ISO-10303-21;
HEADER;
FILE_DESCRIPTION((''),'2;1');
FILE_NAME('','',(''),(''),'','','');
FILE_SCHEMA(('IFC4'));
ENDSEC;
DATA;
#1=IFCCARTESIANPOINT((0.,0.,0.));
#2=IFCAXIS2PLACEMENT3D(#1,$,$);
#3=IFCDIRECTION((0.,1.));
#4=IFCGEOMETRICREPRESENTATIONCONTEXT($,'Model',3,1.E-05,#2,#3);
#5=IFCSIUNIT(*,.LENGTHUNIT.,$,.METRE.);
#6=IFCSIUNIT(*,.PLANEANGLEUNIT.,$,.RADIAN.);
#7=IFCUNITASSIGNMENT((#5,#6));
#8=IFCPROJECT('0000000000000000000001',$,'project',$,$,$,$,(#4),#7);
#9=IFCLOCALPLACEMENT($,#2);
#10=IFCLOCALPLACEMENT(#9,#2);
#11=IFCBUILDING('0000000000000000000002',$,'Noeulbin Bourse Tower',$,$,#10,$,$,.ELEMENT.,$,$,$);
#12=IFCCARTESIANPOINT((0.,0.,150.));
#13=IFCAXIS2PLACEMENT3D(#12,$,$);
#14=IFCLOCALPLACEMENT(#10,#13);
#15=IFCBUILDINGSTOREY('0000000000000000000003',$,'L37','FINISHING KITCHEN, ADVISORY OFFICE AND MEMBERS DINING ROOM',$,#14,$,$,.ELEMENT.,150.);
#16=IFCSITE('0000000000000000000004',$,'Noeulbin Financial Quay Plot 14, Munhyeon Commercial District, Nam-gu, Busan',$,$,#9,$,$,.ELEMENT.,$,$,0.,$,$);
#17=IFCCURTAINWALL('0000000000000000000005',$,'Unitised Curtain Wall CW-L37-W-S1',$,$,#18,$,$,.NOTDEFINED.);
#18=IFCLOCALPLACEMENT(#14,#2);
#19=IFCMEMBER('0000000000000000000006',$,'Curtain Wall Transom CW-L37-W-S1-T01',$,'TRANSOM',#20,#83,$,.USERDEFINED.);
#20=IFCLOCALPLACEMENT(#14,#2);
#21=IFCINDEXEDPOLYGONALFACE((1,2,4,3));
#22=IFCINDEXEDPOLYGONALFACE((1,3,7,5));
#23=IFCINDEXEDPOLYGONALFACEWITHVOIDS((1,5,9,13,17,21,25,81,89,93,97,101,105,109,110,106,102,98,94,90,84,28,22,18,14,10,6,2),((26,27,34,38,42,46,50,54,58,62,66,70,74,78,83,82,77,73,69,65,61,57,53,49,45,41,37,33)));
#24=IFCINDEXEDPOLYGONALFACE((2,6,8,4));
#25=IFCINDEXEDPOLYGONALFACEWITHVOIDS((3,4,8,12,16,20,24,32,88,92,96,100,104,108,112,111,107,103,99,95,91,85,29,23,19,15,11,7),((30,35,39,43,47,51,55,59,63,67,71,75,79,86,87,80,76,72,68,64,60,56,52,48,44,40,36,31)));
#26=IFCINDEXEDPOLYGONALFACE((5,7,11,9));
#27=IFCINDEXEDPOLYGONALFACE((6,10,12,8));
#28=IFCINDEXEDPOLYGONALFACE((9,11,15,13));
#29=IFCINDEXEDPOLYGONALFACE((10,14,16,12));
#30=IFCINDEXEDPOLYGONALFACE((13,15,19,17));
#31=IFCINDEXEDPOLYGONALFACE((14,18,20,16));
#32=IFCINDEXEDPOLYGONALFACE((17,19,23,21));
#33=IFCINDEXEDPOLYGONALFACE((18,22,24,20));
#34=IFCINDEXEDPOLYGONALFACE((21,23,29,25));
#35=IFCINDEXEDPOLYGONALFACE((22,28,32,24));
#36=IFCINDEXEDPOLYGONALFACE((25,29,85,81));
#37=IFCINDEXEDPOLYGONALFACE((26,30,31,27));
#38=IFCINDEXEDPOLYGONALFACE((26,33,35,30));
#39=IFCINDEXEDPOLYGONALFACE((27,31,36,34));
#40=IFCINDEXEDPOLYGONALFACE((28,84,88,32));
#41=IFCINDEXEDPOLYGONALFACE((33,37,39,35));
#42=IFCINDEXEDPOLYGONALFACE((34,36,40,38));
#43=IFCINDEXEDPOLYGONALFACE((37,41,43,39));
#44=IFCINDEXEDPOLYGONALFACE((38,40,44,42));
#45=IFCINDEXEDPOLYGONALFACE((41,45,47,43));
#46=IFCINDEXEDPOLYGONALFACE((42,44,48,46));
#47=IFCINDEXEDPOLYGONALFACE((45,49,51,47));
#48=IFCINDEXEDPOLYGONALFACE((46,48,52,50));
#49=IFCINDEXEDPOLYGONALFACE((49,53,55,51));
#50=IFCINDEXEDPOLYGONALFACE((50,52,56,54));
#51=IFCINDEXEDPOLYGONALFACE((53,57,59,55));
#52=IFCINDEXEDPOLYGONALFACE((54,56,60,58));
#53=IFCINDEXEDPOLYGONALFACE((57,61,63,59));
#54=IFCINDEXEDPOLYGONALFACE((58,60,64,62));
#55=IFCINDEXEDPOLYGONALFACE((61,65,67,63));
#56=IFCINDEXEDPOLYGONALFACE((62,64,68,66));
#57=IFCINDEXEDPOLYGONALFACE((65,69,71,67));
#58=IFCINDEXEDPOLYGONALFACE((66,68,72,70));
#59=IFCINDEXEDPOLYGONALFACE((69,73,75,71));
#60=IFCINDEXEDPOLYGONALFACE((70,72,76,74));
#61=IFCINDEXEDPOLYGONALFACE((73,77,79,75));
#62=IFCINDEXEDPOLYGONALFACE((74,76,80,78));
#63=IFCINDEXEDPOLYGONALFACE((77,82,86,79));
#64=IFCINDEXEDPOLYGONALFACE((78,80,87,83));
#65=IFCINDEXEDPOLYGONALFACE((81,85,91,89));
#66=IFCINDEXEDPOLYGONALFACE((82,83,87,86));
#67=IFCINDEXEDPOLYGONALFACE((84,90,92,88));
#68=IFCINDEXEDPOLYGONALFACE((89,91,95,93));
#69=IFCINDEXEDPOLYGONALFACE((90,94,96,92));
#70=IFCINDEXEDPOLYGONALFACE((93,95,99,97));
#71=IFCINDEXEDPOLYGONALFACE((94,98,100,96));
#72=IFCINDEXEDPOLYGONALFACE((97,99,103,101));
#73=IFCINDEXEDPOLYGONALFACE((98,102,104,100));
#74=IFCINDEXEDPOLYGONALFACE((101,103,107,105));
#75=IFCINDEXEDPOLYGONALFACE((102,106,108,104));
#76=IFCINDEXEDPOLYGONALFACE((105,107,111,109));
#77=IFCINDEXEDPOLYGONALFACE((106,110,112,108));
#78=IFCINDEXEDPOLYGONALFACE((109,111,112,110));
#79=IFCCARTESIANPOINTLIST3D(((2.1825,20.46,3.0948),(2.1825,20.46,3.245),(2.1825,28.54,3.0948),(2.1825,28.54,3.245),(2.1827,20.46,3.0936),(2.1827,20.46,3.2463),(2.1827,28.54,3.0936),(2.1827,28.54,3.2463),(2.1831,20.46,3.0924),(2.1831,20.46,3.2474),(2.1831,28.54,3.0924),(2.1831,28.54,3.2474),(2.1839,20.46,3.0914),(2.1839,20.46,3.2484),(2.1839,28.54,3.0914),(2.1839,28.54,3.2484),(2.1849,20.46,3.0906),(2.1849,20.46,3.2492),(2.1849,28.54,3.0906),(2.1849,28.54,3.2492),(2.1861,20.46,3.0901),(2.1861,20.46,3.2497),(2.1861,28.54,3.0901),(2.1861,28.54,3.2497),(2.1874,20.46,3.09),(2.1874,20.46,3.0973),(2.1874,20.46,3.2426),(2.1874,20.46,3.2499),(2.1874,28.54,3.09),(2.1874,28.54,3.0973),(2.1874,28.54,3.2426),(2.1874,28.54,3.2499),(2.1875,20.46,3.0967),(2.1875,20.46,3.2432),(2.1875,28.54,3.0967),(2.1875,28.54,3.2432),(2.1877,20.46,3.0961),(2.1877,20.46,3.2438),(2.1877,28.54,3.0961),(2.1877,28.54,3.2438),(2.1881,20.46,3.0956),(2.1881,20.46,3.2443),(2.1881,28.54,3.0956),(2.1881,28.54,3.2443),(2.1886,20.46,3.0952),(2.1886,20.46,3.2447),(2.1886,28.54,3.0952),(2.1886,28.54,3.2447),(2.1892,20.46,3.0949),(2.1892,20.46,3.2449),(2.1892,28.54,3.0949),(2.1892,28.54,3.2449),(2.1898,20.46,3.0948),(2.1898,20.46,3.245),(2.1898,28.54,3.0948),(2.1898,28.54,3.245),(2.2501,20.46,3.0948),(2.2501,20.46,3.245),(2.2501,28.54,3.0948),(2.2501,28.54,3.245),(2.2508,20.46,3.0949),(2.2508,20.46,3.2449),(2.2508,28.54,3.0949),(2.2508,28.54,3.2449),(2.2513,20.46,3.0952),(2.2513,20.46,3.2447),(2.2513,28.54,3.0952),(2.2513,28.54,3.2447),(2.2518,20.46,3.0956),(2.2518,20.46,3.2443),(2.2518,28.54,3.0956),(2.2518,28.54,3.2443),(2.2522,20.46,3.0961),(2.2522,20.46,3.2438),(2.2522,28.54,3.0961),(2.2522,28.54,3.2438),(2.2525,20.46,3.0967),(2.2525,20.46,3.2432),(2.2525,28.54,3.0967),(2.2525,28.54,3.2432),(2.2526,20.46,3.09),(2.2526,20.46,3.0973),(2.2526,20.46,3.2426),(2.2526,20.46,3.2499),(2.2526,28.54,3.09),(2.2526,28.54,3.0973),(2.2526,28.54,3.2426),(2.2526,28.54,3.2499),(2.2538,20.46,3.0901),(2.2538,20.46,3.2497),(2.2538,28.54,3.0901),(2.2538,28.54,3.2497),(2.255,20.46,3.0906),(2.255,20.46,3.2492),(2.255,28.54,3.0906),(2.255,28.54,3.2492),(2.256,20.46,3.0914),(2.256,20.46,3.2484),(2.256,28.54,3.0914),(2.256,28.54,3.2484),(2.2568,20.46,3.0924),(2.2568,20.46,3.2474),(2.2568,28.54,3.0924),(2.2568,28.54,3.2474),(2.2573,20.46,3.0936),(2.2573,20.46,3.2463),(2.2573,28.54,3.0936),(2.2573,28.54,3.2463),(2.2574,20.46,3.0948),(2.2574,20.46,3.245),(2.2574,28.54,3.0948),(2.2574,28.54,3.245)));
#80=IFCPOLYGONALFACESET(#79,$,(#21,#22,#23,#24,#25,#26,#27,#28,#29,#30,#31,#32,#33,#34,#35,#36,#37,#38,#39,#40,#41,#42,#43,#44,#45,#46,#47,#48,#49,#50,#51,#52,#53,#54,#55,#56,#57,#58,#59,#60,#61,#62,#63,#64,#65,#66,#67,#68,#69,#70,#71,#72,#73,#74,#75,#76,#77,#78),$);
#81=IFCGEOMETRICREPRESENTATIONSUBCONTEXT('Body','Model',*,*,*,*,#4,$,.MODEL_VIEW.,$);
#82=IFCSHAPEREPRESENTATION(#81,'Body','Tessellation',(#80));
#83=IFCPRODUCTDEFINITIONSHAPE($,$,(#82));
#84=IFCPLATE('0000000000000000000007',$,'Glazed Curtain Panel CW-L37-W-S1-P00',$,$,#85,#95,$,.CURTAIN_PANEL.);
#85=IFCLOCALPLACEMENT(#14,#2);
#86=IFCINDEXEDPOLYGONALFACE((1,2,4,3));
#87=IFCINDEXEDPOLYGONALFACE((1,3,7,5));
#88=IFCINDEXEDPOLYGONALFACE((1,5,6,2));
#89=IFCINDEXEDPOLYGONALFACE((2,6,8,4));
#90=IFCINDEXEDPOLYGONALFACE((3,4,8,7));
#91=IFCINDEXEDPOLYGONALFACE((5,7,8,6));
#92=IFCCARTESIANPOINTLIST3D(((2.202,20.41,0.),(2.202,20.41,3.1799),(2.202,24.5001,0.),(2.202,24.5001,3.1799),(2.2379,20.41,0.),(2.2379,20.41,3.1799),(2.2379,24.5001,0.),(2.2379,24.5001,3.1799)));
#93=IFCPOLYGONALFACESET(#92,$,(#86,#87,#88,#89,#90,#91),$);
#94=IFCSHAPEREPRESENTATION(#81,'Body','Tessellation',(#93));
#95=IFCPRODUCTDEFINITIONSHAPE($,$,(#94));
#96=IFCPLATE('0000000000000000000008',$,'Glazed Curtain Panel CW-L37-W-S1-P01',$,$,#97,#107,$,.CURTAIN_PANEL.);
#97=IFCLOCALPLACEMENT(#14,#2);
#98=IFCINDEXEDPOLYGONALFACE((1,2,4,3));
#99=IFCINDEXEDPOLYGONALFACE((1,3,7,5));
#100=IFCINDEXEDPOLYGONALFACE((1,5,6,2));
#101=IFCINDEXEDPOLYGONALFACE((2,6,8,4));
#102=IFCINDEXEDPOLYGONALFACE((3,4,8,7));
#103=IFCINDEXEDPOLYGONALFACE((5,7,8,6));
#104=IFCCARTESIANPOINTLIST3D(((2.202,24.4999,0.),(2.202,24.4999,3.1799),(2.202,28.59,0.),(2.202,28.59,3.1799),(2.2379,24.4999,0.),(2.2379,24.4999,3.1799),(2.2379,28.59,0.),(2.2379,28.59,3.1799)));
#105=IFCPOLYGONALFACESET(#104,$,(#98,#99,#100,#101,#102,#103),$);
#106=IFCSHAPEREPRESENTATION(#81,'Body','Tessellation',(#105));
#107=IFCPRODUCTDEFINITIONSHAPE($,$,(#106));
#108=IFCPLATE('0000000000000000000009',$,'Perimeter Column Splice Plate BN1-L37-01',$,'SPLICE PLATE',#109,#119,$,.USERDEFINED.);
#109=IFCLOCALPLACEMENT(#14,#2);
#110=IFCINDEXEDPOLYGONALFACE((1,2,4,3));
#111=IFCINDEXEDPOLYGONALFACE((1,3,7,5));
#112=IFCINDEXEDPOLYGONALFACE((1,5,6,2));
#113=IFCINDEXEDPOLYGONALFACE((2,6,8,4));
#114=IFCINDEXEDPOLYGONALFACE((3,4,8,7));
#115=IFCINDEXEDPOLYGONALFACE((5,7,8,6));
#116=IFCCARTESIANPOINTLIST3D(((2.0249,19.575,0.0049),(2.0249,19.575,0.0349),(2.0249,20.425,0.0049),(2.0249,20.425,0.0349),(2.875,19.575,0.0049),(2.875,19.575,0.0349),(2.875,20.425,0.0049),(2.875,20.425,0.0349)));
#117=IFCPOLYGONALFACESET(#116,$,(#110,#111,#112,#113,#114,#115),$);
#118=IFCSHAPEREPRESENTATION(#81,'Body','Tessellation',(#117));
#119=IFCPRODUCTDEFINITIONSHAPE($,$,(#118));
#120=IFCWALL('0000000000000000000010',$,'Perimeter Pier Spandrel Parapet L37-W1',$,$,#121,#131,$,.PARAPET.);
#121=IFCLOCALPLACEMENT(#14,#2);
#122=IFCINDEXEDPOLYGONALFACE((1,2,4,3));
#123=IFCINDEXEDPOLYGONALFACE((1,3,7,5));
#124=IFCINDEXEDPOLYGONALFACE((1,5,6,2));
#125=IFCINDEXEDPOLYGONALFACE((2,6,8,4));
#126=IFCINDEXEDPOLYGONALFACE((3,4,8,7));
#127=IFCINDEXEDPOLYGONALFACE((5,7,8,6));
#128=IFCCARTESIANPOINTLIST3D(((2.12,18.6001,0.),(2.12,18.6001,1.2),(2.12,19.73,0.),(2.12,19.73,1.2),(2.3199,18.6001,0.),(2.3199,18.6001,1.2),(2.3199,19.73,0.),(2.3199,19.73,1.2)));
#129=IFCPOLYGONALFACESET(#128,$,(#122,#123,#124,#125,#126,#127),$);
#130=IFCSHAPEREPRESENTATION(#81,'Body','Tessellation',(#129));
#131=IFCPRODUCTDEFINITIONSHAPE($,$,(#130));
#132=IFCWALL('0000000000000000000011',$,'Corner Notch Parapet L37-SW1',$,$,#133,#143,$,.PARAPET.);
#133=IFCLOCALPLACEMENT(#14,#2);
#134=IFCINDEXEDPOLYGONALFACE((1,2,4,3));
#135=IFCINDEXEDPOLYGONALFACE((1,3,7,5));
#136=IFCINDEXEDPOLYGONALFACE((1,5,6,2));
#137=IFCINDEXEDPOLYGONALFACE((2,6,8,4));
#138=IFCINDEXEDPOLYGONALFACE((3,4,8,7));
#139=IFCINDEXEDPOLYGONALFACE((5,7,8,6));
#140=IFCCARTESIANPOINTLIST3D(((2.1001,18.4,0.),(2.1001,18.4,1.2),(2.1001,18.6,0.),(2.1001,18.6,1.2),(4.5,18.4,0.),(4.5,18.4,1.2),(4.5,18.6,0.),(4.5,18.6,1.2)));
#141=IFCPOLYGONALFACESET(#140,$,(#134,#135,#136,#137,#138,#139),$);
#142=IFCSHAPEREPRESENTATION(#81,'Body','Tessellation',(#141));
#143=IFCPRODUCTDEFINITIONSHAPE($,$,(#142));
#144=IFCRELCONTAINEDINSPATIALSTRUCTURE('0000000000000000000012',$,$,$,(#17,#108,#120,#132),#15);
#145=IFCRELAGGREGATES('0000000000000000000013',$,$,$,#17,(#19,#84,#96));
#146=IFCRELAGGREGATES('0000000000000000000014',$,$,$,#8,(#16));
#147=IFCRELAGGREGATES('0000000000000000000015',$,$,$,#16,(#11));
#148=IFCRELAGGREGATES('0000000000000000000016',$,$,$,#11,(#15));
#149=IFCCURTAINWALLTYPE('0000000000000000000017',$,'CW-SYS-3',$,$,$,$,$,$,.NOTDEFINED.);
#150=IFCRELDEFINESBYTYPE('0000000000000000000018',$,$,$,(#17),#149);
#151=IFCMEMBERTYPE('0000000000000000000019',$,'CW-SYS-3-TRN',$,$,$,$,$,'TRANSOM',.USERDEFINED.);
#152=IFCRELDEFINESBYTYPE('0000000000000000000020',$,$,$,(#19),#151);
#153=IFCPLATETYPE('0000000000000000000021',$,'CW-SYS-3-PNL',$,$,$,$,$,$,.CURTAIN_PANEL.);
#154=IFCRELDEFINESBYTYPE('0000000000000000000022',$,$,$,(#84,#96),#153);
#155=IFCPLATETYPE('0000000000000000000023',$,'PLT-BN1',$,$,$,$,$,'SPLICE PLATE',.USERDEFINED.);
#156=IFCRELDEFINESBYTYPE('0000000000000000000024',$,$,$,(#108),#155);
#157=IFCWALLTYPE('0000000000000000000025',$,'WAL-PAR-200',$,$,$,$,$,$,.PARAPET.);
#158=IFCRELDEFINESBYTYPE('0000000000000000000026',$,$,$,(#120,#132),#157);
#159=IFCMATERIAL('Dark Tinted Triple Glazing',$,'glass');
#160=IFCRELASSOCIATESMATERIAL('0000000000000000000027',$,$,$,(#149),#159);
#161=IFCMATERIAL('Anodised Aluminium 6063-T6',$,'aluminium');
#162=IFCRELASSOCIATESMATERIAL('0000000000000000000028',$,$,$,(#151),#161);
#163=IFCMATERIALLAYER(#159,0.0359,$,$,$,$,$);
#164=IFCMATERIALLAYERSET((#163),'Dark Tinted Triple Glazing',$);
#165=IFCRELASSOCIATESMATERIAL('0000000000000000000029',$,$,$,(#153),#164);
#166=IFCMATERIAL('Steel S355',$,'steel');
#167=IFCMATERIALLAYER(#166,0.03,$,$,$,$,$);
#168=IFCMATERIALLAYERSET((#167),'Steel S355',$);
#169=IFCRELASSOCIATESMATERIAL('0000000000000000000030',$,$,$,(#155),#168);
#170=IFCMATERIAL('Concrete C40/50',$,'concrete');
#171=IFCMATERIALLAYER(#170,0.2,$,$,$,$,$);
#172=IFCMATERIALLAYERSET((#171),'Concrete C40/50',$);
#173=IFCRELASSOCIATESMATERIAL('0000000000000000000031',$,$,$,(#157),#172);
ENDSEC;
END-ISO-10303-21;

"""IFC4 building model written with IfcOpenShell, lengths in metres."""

from ifc_helpers import new_model, si_unit, direction, frame, frame_2d, origin, origin_2d, place, context, subcontext, project, spatial, rectangle, hollow_rectangle, extrude, material, layer, layer_set, material_profile, profile_set, type_object, element, aggregate, save


model = new_model("IFC4")

# Units and contexts
model_context = context("Model", 3, precision=1e-05, world=origin(), true_north=direction((0.0, 1.0)))
body_context = subcontext(model_context, "Body", "Model", "MODEL_VIEW")
ifc_project = project(units=[si_unit("LENGTHUNIT", "METRE"), si_unit("PLANEANGLEUNIT", "RADIAN")], contexts=[model_context])

# Site, building, storey
site_placement = place(None, origin())
site = spatial("IfcSite", under=ifc_project, at=site_placement, Name="Noeulbin Financial Quay Plot 14, Munhyeon Commercial District, Nam-gu, Busan", CompositionType="ELEMENT", RefElevation=0.0)
building_placement = place(site_placement, origin())
building = spatial("IfcBuilding", under=site, at=building_placement, Name="Noeulbin Bourse Tower", CompositionType="ELEMENT")
storey_placement = place(building_placement, frame((0.0, 0.0, 150.0)))
storey = spatial("IfcBuildingStorey", under=building, at=storey_placement, Name="L37", Description="FINISHING KITCHEN, ADVISORY OFFICE AND MEMBERS DINING ROOM", CompositionType="ELEMENT", Elevation=150.0)

# Shared definitions
ifc_material_1 = material(Name="Steel S355", Category="steel")

# Curtain wall, member, plates
ifc_material_2 = material(Name="Dark Tinted Triple Glazing", Category="glass")
curtain_wall_type = type_object("IfcCurtainWallType", Name="CW-SYS-3", PredefinedType="NOTDEFINED", material=ifc_material_2)
curtain_wall_placement = place(storey_placement, origin())
curtain_wall = element("IfcCurtainWall", 1, at=curtain_wall_placement, inside=storey, type_object=curtain_wall_type, Name="Unitised Curtain Wall CW-L37-W-S1", PredefinedType="NOTDEFINED")
ifc_material_3 = material(Name="Anodised Aluminium 6063-T6", Category="aluminium")
ifc_material_profile_1 = material_profile(ifc_material_3, hollow_rectangle(XDim=0.075, YDim=0.1599, WallThickness=0.0049, InnerFilletRadius=0.0024, OuterFilletRadius=0.0049, at=origin_2d()), Name="ALU-TRAN-75x160x5", Category="LoadBearing")
ifc_profile_set_1 = profile_set([ifc_material_profile_1], Name="Anodised Aluminium 6063-T6")
member_type_1 = type_object("IfcMemberType", Name="CW-SYS-3-TRN", ElementType="TRANSOM", PredefinedType="USERDEFINED", material=ifc_profile_set_1)
member_1_placement = place(storey_placement, frame((2.22, 20.46, 3.1699), z_axis=(0.0, 1.0, 0.0), x_axis=(-1.0, 0.0, 0.0)))
member_1 = element("IfcMember", 2, at=member_1_placement, type_object=member_type_1, Name="Curtain Wall Transom CW-L37-W-S1-T01", ObjectType="TRANSOM", PredefinedType="USERDEFINED", context=body_context, shape_type="SweptSolid", body=[
    extrude(hollow_rectangle(XDim=0.075, YDim=0.1599, WallThickness=0.0049, InnerFilletRadius=0.0024, OuterFilletRadius=0.0049, at=origin_2d()), origin(), (0.0, 0.0, 1.0), 8.0801),
])
ifc_layer_1 = layer(ifc_material_2, 0.0359)
ifc_layer_set_1 = layer_set([ifc_layer_1], Name="Dark Tinted Triple Glazing")
plate_type_1 = type_object("IfcPlateType", Name="CW-SYS-3-PNL", PredefinedType="CURTAIN_PANEL", material=ifc_layer_set_1)
plate_1_placement = place(storey_placement, frame((2.22, 22.4551, 0.0), z_axis=(0.0, 0.0, 1.0), x_axis=(0.0, 1.0, 0.0)))
plate_1 = element("IfcPlate", 3, at=plate_1_placement, type_object=plate_type_1, Name="Glazed Curtain Panel CW-L37-W-S1-P00", PredefinedType="CURTAIN_PANEL", context=body_context, shape_type="SweptSolid", body=[
    extrude(rectangle(XDim=4.0901, YDim=0.0359, at=origin_2d()), origin(), (0.0, 0.0, 1.0), 3.1799),
])
plate_2_placement = place(storey_placement, frame((2.22, 26.5449, 0.0), z_axis=(0.0, 0.0, 1.0), x_axis=(0.0, 1.0, 0.0)))
plate_2 = element("IfcPlate", 4, at=plate_2_placement, type_object=plate_type_1, Name="Glazed Curtain Panel CW-L37-W-S1-P01", PredefinedType="CURTAIN_PANEL", context=body_context, shape_type="SweptSolid", body=[
    extrude(rectangle(XDim=4.0901, YDim=0.0359, at=origin_2d()), origin(), (0.0, 0.0, 1.0), 3.1799),
])
aggregate(curtain_wall, [member_1, plate_1, plate_2])

# Plate
ifc_layer_2 = layer(ifc_material_1, 0.03)
ifc_layer_set_2 = layer_set([ifc_layer_2], Name="Steel S355")
plate_type_2 = type_object("IfcPlateType", Name="PLT-BN1", ElementType="SPLICE PLATE", PredefinedType="USERDEFINED", material=ifc_layer_set_2)
plate_3_placement = place(storey_placement, frame((2.45, 20.0, 0.0049), z_axis=(0.0, 0.0, 1.0), x_axis=(1.0, 0.0, 0.0)))
element("IfcPlate", 5, at=plate_3_placement, inside=storey, type_object=plate_type_2, Name="Perimeter Column Splice Plate BN1-L37-01", ObjectType="SPLICE PLATE", PredefinedType="USERDEFINED", context=body_context, shape_type="SweptSolid", body=[
    extrude(rectangle(XDim=0.8501, YDim=0.8501, at=origin_2d()), origin(), (0.0, 0.0, 1.0), 0.03),
])

# Walls
ifc_material_4 = material(Name="Concrete C40/50", Category="concrete")
ifc_layer_3 = layer(ifc_material_4, 0.2)
ifc_layer_set_3 = layer_set([ifc_layer_3], Name="Concrete C40/50")
wall_type_1 = type_object("IfcWallType", Name="WAL-PAR-200", PredefinedType="PARAPET", material=ifc_layer_set_3)
wall_1_placement = place(storey_placement, frame((2.22, 18.6001, 0.0), z_axis=(0.0, 0.0, 1.0), x_axis=(0.0, 1.0, 0.0)))
element("IfcWall", 6, at=wall_1_placement, inside=storey, type_object=wall_type_1, Name="Perimeter Pier Spandrel Parapet L37-W1", PredefinedType="PARAPET", context=body_context, shape_type="SweptSolid", body=[
    extrude(rectangle(XDim=1.1299, YDim=0.2, at=frame_2d((0.5649, 0.0))), origin(), (0.0, 0.0, 1.0), 1.2),
])
wall_2_placement = place(storey_placement, frame((2.1001, 18.5, 0.0), z_axis=(0.0, 0.0, 1.0), x_axis=(1.0, 0.0, 0.0)))
element("IfcWall", 7, at=wall_2_placement, inside=storey, type_object=wall_type_1, Name="Corner Notch Parapet L37-SW1", PredefinedType="PARAPET", context=body_context, shape_type="SweptSolid", body=[
    extrude(rectangle(XDim=2.3999, YDim=0.2, at=frame_2d((1.2, 0.0))), origin(), (0.0, 0.0, 1.0), 1.2),
])

save(model, "model.ifc")
